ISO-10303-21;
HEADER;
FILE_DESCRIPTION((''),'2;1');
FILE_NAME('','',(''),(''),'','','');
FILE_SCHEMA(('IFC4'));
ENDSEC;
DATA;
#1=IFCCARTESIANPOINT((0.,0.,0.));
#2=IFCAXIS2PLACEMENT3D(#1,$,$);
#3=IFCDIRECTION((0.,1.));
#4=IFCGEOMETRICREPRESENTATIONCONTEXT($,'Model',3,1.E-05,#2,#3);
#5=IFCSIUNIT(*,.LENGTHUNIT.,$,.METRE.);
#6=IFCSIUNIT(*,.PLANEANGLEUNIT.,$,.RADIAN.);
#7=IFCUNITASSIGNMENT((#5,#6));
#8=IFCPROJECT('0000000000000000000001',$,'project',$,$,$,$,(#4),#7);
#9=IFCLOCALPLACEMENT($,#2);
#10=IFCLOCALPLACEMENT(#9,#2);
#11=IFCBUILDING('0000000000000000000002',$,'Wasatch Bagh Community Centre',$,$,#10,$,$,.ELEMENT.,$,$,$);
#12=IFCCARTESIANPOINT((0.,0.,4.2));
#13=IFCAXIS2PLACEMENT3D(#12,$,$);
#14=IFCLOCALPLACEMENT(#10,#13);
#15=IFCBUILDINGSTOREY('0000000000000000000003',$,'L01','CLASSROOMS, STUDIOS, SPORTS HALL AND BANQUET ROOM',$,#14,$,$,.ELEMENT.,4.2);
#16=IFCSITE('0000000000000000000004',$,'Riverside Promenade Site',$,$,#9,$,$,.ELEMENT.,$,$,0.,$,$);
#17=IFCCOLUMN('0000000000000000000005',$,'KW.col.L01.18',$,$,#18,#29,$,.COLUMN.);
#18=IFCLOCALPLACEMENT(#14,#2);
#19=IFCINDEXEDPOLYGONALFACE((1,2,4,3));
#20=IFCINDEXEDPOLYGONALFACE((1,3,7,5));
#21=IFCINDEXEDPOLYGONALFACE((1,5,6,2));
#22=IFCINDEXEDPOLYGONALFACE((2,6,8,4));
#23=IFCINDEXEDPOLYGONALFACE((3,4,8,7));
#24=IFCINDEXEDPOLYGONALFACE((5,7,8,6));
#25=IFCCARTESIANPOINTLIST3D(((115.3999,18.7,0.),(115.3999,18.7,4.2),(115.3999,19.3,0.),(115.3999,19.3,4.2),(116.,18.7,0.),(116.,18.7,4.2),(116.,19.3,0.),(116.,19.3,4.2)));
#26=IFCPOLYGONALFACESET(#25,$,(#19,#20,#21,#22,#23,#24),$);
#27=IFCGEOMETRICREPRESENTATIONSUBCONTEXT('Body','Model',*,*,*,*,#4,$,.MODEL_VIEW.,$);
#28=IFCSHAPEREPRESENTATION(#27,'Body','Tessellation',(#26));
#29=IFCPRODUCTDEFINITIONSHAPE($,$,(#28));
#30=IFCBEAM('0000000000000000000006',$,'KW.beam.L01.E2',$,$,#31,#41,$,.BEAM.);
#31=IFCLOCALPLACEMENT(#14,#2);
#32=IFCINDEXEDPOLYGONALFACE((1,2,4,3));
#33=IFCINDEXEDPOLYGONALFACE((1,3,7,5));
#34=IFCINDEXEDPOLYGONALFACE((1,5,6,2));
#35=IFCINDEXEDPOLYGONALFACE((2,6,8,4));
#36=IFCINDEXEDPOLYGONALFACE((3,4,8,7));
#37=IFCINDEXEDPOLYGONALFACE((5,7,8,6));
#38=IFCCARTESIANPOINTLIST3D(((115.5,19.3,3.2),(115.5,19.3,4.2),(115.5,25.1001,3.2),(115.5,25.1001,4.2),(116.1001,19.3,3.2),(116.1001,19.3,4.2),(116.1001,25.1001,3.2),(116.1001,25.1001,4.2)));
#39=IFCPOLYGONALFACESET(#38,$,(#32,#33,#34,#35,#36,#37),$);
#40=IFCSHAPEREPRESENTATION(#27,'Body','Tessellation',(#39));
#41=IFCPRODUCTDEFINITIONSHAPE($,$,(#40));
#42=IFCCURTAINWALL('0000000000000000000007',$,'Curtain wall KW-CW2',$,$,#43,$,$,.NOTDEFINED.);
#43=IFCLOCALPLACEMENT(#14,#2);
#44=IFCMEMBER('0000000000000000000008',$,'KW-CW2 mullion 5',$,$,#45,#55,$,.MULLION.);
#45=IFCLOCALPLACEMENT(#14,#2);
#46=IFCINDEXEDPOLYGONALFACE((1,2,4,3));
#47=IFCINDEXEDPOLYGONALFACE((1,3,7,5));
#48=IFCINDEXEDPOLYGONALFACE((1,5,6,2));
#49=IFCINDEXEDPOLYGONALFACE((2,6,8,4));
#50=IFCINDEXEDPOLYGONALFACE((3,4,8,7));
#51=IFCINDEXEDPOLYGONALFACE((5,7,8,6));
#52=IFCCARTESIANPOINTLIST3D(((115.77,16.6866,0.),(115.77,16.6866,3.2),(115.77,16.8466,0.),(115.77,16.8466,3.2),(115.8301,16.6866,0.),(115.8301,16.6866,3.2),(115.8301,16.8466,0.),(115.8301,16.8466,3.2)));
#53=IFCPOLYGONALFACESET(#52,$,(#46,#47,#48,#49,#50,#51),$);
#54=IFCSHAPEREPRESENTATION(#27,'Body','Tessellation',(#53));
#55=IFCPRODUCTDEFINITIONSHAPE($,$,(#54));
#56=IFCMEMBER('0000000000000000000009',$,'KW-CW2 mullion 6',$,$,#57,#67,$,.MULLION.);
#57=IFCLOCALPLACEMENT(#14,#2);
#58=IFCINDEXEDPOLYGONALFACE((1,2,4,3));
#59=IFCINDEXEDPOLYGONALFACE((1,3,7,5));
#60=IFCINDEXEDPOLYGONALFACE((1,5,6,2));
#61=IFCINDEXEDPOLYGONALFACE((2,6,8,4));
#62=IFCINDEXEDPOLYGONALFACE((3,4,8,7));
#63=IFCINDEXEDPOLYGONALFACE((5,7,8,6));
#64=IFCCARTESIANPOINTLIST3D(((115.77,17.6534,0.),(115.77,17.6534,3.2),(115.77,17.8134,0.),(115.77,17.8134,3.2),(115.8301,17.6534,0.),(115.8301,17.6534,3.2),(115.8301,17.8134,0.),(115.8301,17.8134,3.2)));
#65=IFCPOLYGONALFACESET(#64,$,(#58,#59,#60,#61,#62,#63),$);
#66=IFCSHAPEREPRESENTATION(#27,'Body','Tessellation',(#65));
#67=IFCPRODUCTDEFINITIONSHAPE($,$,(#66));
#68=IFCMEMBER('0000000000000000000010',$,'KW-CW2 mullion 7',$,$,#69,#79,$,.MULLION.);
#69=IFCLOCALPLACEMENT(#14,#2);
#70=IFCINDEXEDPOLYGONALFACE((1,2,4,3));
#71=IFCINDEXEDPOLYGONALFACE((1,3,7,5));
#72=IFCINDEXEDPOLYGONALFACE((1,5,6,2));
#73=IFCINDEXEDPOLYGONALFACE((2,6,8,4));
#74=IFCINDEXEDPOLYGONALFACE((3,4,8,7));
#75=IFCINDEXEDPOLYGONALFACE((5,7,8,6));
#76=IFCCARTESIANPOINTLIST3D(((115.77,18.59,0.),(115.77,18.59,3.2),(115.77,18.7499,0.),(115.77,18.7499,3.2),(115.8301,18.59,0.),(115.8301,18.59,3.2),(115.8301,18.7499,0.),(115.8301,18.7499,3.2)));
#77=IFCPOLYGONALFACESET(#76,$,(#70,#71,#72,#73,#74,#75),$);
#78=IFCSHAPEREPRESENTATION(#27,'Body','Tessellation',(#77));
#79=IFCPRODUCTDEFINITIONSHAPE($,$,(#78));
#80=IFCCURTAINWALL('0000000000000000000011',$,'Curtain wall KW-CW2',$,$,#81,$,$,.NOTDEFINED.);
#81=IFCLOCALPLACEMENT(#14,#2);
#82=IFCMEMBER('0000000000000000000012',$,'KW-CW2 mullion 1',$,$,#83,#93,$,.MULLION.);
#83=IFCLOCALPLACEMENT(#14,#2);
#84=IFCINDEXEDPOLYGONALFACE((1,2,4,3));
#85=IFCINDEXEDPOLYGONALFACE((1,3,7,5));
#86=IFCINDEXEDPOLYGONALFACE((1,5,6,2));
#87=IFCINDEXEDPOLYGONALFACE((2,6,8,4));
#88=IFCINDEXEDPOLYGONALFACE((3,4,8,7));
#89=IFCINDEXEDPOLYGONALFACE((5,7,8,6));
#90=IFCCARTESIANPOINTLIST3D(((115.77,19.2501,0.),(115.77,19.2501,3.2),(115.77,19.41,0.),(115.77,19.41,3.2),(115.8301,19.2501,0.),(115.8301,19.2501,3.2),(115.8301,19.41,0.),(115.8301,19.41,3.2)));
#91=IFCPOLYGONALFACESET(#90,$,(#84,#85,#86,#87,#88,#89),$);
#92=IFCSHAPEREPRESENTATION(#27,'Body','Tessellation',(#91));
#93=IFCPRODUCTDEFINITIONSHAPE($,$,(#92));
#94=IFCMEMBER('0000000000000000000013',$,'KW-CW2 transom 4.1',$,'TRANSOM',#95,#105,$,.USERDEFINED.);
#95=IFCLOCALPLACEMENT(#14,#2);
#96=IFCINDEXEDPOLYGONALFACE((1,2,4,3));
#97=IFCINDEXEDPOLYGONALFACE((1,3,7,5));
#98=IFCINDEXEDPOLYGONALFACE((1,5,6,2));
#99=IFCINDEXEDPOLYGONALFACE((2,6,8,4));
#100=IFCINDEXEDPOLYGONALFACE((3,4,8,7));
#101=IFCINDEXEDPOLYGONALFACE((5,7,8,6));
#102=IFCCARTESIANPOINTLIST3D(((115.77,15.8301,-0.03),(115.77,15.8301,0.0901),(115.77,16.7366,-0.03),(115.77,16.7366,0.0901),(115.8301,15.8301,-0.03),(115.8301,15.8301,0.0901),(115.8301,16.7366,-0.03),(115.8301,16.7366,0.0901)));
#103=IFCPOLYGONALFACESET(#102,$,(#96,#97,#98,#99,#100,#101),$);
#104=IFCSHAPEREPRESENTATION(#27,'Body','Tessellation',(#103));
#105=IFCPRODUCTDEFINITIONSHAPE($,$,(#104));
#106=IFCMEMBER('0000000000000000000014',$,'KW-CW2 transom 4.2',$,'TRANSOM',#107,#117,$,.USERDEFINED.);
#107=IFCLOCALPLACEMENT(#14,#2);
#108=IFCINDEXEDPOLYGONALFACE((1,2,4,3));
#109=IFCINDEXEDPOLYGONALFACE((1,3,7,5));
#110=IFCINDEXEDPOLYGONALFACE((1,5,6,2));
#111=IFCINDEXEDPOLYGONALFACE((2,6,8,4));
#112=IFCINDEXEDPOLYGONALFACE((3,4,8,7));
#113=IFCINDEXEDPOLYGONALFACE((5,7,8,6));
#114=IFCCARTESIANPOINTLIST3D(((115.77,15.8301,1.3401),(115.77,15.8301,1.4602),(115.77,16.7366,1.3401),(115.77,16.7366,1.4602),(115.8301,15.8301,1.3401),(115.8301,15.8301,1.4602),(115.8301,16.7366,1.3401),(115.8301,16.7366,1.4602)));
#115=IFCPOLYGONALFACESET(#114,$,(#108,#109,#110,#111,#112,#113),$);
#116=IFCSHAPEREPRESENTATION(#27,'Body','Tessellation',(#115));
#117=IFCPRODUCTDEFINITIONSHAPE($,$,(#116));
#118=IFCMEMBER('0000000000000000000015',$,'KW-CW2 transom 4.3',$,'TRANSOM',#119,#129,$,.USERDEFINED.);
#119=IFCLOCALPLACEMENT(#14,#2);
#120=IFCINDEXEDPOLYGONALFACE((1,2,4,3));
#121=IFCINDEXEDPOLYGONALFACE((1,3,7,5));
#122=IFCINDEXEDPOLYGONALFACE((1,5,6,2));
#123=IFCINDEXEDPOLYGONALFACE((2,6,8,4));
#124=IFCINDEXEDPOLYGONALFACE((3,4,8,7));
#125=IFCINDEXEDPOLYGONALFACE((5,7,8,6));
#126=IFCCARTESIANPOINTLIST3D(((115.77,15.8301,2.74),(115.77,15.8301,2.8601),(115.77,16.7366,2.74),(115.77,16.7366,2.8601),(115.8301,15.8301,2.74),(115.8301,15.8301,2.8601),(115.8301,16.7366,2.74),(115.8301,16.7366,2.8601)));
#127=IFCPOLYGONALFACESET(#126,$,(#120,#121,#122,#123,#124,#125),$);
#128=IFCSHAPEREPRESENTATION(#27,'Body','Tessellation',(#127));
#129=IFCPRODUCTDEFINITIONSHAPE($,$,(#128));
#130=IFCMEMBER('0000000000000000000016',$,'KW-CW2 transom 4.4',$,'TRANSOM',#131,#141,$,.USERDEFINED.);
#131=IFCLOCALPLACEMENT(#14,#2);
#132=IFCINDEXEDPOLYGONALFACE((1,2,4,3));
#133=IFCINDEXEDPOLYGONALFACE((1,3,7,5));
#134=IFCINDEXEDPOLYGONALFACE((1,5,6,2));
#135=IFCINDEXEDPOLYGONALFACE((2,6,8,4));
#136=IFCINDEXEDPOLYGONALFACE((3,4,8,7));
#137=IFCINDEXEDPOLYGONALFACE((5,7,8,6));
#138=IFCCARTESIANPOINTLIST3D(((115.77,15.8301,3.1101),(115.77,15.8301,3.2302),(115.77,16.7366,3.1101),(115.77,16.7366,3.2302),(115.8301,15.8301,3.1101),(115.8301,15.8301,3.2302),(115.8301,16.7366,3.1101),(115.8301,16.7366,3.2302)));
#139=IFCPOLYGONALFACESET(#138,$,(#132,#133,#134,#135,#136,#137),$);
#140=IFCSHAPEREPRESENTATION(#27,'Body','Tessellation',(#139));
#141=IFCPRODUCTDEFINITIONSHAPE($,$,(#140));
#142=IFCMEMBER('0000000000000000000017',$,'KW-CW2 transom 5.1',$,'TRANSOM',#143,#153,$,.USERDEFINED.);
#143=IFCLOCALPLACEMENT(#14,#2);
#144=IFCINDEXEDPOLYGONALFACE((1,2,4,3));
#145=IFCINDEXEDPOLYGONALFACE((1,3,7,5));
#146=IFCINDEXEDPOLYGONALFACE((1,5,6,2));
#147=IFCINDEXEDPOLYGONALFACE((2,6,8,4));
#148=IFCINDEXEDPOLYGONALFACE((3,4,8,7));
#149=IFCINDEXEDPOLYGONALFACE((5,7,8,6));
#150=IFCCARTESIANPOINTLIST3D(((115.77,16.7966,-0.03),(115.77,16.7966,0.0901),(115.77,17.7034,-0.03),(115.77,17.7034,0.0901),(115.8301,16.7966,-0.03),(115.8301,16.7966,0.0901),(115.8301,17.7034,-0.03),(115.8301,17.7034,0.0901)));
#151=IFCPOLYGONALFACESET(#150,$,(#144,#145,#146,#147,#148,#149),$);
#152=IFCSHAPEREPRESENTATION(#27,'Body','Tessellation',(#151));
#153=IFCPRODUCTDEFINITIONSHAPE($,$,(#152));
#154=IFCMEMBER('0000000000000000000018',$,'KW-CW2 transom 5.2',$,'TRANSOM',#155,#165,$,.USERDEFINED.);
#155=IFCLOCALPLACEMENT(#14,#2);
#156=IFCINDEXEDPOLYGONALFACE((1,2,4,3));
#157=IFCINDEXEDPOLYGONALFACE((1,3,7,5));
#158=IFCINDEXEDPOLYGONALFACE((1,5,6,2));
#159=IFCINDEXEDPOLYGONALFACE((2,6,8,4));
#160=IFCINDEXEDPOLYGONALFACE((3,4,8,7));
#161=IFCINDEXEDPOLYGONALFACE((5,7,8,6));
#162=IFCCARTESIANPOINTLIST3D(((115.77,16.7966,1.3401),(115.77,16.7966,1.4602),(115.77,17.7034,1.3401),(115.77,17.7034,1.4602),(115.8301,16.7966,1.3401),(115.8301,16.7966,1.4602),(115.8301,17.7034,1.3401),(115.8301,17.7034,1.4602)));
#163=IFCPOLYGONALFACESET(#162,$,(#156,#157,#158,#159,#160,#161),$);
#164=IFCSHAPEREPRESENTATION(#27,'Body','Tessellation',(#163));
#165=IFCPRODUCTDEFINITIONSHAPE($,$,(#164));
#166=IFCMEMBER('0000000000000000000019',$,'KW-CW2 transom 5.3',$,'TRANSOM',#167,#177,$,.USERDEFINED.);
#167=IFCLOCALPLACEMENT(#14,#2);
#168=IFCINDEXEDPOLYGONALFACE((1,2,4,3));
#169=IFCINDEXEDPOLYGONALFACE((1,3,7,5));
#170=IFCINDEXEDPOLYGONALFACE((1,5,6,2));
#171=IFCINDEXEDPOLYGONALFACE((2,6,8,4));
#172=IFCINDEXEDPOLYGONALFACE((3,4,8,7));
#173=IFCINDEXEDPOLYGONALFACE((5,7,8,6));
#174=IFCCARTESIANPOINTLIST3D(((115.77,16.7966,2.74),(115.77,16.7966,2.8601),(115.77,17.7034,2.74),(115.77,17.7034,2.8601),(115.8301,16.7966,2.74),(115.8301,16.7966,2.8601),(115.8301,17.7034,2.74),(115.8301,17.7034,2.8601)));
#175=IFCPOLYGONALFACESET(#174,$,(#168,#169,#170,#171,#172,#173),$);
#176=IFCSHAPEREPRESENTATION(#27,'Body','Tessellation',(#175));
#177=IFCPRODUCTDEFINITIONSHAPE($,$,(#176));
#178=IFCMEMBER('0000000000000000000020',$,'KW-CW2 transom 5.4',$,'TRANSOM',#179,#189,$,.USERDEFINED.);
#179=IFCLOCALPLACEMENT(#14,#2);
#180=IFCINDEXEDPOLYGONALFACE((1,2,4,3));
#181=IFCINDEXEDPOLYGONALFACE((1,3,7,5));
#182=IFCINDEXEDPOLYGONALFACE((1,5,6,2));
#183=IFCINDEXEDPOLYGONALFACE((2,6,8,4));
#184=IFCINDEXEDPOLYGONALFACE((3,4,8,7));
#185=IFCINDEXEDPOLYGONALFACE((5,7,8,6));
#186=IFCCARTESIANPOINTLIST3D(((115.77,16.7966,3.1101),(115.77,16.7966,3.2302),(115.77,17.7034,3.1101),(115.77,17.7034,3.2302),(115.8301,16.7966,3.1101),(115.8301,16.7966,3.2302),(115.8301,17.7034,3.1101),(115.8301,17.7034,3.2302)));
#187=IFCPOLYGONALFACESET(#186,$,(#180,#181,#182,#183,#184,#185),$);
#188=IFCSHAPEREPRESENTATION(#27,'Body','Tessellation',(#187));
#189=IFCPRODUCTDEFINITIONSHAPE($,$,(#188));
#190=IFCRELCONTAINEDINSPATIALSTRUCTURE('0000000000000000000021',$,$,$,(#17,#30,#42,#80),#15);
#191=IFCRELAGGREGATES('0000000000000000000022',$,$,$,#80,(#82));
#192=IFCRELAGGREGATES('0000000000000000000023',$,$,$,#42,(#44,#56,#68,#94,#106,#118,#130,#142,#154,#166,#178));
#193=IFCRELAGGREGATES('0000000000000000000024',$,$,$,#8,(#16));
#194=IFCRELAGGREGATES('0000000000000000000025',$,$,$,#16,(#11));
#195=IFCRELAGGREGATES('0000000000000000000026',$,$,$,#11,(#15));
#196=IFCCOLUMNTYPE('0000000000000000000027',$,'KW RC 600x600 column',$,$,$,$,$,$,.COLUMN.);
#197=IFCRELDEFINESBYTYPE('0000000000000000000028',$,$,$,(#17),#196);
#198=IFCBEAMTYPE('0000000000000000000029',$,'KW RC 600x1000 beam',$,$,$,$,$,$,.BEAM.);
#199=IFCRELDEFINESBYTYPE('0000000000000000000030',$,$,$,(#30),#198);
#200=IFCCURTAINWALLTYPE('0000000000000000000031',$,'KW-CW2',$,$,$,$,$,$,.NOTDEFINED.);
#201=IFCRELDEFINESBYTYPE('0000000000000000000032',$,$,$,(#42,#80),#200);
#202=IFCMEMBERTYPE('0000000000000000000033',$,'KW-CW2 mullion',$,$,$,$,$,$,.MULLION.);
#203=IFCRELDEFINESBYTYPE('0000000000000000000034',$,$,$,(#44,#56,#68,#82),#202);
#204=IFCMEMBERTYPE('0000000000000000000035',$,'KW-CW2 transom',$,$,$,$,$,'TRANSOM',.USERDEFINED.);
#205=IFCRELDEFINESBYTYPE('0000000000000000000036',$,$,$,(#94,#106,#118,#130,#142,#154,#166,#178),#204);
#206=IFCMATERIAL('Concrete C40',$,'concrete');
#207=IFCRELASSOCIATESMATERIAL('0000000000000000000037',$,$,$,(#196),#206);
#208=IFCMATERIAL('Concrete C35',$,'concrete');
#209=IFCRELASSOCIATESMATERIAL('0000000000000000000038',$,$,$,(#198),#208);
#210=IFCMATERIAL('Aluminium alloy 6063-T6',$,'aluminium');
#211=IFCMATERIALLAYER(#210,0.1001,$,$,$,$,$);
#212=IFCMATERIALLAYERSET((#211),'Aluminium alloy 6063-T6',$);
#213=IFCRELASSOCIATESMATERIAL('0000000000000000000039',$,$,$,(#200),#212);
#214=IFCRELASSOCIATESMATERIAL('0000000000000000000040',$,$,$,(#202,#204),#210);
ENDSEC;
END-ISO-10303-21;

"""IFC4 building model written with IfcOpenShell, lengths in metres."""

from ifc_helpers import new_model, si_unit, direction, frame, origin, origin_2d, place, context, subcontext, project, spatial, rectangle, extrude, material, layer, layer_set, material_profile, profile_set, type_object, element, aggregate, save


model = new_model("IFC4")

# Units and contexts
model_context = context("Model", 3, precision=1e-05, world=origin(), true_north=direction((0.0, 1.0)))
body_context = subcontext(model_context, "Body", "Model", "MODEL_VIEW")
ifc_project = project(units=[si_unit("LENGTHUNIT", "METRE"), si_unit("PLANEANGLEUNIT", "RADIAN")], contexts=[model_context])

# Site, building, storey
site_placement = place(None, origin())
site = spatial("IfcSite", under=ifc_project, at=site_placement, Name="Riverside Promenade Site", CompositionType="ELEMENT", RefElevation=0.0)
building_placement = place(site_placement, origin())
building = spatial("IfcBuilding", under=site, at=building_placement, Name="Wasatch Bagh Community Centre", CompositionType="ELEMENT")
storey_placement = place(building_placement, frame((0.0, 0.0, 4.2)))
storey = spatial("IfcBuildingStorey", under=building, at=storey_placement, Name="L01", Description="CLASSROOMS, STUDIOS, SPORTS HALL AND BANQUET ROOM", CompositionType="ELEMENT", Elevation=4.2)

# Column
ifc_material_1 = material(Name="Concrete C40", Category="concrete")
ifc_material_profile_1 = material_profile(ifc_material_1, rectangle(XDim=0.6001, YDim=0.6001, at=origin_2d()), Name="RC 600x600")
ifc_profile_set_1 = profile_set([ifc_material_profile_1], Name="Concrete C40")
column_type = type_object("IfcColumnType", Name="KW RC 600x600 column", PredefinedType="COLUMN", material=ifc_profile_set_1)
column_placement = place(storey_placement, frame((115.7, 19.0, 0.0), z_axis=(0.0, 0.0, 1.0), x_axis=(1.0, 0.0, 0.0)))
element("IfcColumn", 1, at=column_placement, inside=storey, type_object=column_type, Name="KW.col.L01.18", PredefinedType="COLUMN", context=body_context, shape_type="SweptSolid", body=[
    extrude(rectangle(XDim=0.6001, YDim=0.6001, at=origin_2d()), origin(), (0.0, 0.0, 1.0), 4.2),
])

# Beam
ifc_material_2 = material(Name="Concrete C35", Category="concrete")
ifc_material_profile_2 = material_profile(ifc_material_2, rectangle(XDim=0.6001, YDim=1.0, at=origin_2d()), Name="RC 600x1000")
ifc_profile_set_2 = profile_set([ifc_material_profile_2], Name="Concrete C35")
beam_type = type_object("IfcBeamType", Name="KW RC 600x1000 beam", PredefinedType="BEAM", material=ifc_profile_set_2)
beam_placement = place(storey_placement, frame((115.8, 19.3, 3.7), z_axis=(0.0, 1.0, 0.0), x_axis=(-1.0, 0.0, 0.0)))
element("IfcBeam", 2, at=beam_placement, inside=storey, type_object=beam_type, Name="KW.beam.L01.E2", PredefinedType="BEAM", context=body_context, shape_type="SweptSolid", body=[
    extrude(rectangle(XDim=0.6001, YDim=1.0, at=origin_2d()), origin(), (0.0, 0.0, 1.0), 5.8),
])

# Curtain wall, members
ifc_material_3 = material(Name="Aluminium alloy 6063-T6", Category="aluminium")
ifc_layer_1 = layer(ifc_material_3, 0.1001)
ifc_layer_set_1 = layer_set([ifc_layer_1], Name="Aluminium alloy 6063-T6")
curtain_wall_type = type_object("IfcCurtainWallType", Name="KW-CW2", PredefinedType="NOTDEFINED", material=ifc_layer_set_1)
curtain_wall_1_placement = place(storey_placement, origin())
curtain_wall_1 = element("IfcCurtainWall", 3, at=curtain_wall_1_placement, inside=storey, type_object=curtain_wall_type, Name="Curtain wall KW-CW2", PredefinedType="NOTDEFINED")
ifc_material_profile_3 = material_profile(ifc_material_3, rectangle(XDim=0.0601, YDim=0.1599, at=origin_2d()), Name="AL 60x160")
ifc_profile_set_3 = profile_set([ifc_material_profile_3], Name="Aluminium alloy 6063-T6")
member_type_1 = type_object("IfcMemberType", Name="KW-CW2 mullion", PredefinedType="MULLION", material=ifc_profile_set_3)
member_1_placement = place(storey_placement, frame((115.8, 16.7666, 0.0), z_axis=(0.0, 0.0, 1.0), x_axis=(-1.0, 0.0, 0.0)))
member_1 = element("IfcMember", 4, at=member_1_placement, type_object=member_type_1, Name="KW-CW2 mullion 5", PredefinedType="MULLION", context=body_context, shape_type="SweptSolid", body=[
    extrude(rectangle(XDim=0.0601, YDim=0.1599, at=origin_2d()), origin(), (0.0, 0.0, 1.0), 3.2),
])
member_2_placement = place(storey_placement, frame((115.8, 17.7334, 0.0), z_axis=(0.0, 0.0, 1.0), x_axis=(-1.0, 0.0, 0.0)))
member_2 = element("IfcMember", 5, at=member_2_placement, type_object=member_type_1, Name="KW-CW2 mullion 6", PredefinedType="MULLION", context=body_context, shape_type="SweptSolid", body=[
    extrude(rectangle(XDim=0.0601, YDim=0.1599, at=origin_2d()), origin(), (0.0, 0.0, 1.0), 3.2),
])
member_3_placement = place(storey_placement, frame((115.8, 18.6699, 0.0), z_axis=(0.0, 0.0, 1.0), x_axis=(-1.0, 0.0, 0.0)))
member_3 = element("IfcMember", 6, at=member_3_placement, type_object=member_type_1, Name="KW-CW2 mullion 7", PredefinedType="MULLION", context=body_context, shape_type="SweptSolid", body=[
    extrude(rectangle(XDim=0.0601, YDim=0.1599, at=origin_2d()), origin(), (0.0, 0.0, 1.0), 3.2),
])

# Curtain wall, member
curtain_wall_2_placement = place(storey_placement, origin())
curtain_wall_2 = element("IfcCurtainWall", 7, at=curtain_wall_2_placement, inside=storey, type_object=curtain_wall_type, Name="Curtain wall KW-CW2", PredefinedType="NOTDEFINED")
member_4_placement = place(storey_placement, frame((115.8, 19.3301, 0.0), z_axis=(0.0, 0.0, 1.0), x_axis=(-1.0, 0.0, 0.0)))
member_4 = element("IfcMember", 8, at=member_4_placement, type_object=member_type_1, Name="KW-CW2 mullion 1", PredefinedType="MULLION", context=body_context, shape_type="SweptSolid", body=[
    extrude(rectangle(XDim=0.0601, YDim=0.1599, at=origin_2d()), origin(), (0.0, 0.0, 1.0), 3.2),
])

# Members
ifc_material_profile_4 = material_profile(ifc_material_3, rectangle(XDim=0.0601, YDim=0.1201, at=origin_2d()), Name="AL 60x120")
ifc_profile_set_4 = profile_set([ifc_material_profile_4], Name="Aluminium alloy 6063-T6")
member_type_2 = type_object("IfcMemberType", Name="KW-CW2 transom", ElementType="TRANSOM", PredefinedType="USERDEFINED", material=ifc_profile_set_4)
member_5_placement = place(storey_placement, frame((115.8, 15.8301, 0.03), z_axis=(0.0, 1.0, 0.0), x_axis=(-1.0, 0.0, 0.0)))
member_5 = element("IfcMember", 9, at=member_5_placement, type_object=member_type_2, Name="KW-CW2 transom 4.1", ObjectType="TRANSOM", PredefinedType="USERDEFINED", context=body_context, shape_type="SweptSolid", body=[
    extrude(rectangle(XDim=0.0601, YDim=0.1201, at=origin_2d()), origin(), (0.0, 0.0, 1.0), 0.9065),
])
member_6_placement = place(storey_placement, frame((115.8, 15.8301, 1.4001), z_axis=(0.0, 1.0, 0.0), x_axis=(-1.0, 0.0, 0.0)))
member_6 = element("IfcMember", 10, at=member_6_placement, type_object=member_type_2, Name="KW-CW2 transom 4.2", ObjectType="TRANSOM", PredefinedType="USERDEFINED", context=body_context, shape_type="SweptSolid", body=[
    extrude(rectangle(XDim=0.0601, YDim=0.1201, at=origin_2d()), origin(), (0.0, 0.0, 1.0), 0.9065),
])
member_7_placement = place(storey_placement, frame((115.8, 15.8301, 2.8), z_axis=(0.0, 1.0, 0.0), x_axis=(-1.0, 0.0, 0.0)))
member_7 = element("IfcMember", 11, at=member_7_placement, type_object=member_type_2, Name="KW-CW2 transom 4.3", ObjectType="TRANSOM", PredefinedType="USERDEFINED", context=body_context, shape_type="SweptSolid", body=[
    extrude(rectangle(XDim=0.0601, YDim=0.1201, at=origin_2d()), origin(), (0.0, 0.0, 1.0), 0.9065),
])
member_8_placement = place(storey_placement, frame((115.8, 15.8301, 3.1702), z_axis=(0.0, 1.0, 0.0), x_axis=(-1.0, 0.0, 0.0)))
member_8 = element("IfcMember", 12, at=member_8_placement, type_object=member_type_2, Name="KW-CW2 transom 4.4", ObjectType="TRANSOM", PredefinedType="USERDEFINED", context=body_context, shape_type="SweptSolid", body=[
    extrude(rectangle(XDim=0.0601, YDim=0.1201, at=origin_2d()), origin(), (0.0, 0.0, 1.0), 0.9065),
])
member_9_placement = place(storey_placement, frame((115.8, 16.7966, 0.03), z_axis=(0.0, 1.0, 0.0), x_axis=(-1.0, 0.0, 0.0)))
member_9 = element("IfcMember", 13, at=member_9_placement, type_object=member_type_2, Name="KW-CW2 transom 5.1", ObjectType="TRANSOM", PredefinedType="USERDEFINED", context=body_context, shape_type="SweptSolid", body=[
    extrude(rectangle(XDim=0.0601, YDim=0.1201, at=origin_2d()), origin(), (0.0, 0.0, 1.0), 0.9067),
])
member_10_placement = place(storey_placement, frame((115.8, 16.7966, 1.4001), z_axis=(0.0, 1.0, 0.0), x_axis=(-1.0, 0.0, 0.0)))
member_10 = element("IfcMember", 14, at=member_10_placement, type_object=member_type_2, Name="KW-CW2 transom 5.2", ObjectType="TRANSOM", PredefinedType="USERDEFINED", context=body_context, shape_type="SweptSolid", body=[
    extrude(rectangle(XDim=0.0601, YDim=0.1201, at=origin_2d()), origin(), (0.0, 0.0, 1.0), 0.9067),
])
member_11_placement = place(storey_placement, frame((115.8, 16.7966, 2.8), z_axis=(0.0, 1.0, 0.0), x_axis=(-1.0, 0.0, 0.0)))
member_11 = element("IfcMember", 15, at=member_11_placement, type_object=member_type_2, Name="KW-CW2 transom 5.3", ObjectType="TRANSOM", PredefinedType="USERDEFINED", context=body_context, shape_type="SweptSolid", body=[
    extrude(rectangle(XDim=0.0601, YDim=0.1201, at=origin_2d()), origin(), (0.0, 0.0, 1.0), 0.9067),
])
member_12_placement = place(storey_placement, frame((115.8, 16.7966, 3.1702), z_axis=(0.0, 1.0, 0.0), x_axis=(-1.0, 0.0, 0.0)))
member_12 = element("IfcMember", 16, at=member_12_placement, type_object=member_type_2, Name="KW-CW2 transom 5.4", ObjectType="TRANSOM", PredefinedType="USERDEFINED", context=body_context, shape_type="SweptSolid", body=[
    extrude(rectangle(XDim=0.0601, YDim=0.1201, at=origin_2d()), origin(), (0.0, 0.0, 1.0), 0.9067),
])
aggregate(curtain_wall_2, [member_4])

aggregate(curtain_wall_1, [member_1, member_2, member_3, member_5, member_6, member_7, member_8, member_9, member_10, member_11, member_12])

save(model, "model.ifc")
